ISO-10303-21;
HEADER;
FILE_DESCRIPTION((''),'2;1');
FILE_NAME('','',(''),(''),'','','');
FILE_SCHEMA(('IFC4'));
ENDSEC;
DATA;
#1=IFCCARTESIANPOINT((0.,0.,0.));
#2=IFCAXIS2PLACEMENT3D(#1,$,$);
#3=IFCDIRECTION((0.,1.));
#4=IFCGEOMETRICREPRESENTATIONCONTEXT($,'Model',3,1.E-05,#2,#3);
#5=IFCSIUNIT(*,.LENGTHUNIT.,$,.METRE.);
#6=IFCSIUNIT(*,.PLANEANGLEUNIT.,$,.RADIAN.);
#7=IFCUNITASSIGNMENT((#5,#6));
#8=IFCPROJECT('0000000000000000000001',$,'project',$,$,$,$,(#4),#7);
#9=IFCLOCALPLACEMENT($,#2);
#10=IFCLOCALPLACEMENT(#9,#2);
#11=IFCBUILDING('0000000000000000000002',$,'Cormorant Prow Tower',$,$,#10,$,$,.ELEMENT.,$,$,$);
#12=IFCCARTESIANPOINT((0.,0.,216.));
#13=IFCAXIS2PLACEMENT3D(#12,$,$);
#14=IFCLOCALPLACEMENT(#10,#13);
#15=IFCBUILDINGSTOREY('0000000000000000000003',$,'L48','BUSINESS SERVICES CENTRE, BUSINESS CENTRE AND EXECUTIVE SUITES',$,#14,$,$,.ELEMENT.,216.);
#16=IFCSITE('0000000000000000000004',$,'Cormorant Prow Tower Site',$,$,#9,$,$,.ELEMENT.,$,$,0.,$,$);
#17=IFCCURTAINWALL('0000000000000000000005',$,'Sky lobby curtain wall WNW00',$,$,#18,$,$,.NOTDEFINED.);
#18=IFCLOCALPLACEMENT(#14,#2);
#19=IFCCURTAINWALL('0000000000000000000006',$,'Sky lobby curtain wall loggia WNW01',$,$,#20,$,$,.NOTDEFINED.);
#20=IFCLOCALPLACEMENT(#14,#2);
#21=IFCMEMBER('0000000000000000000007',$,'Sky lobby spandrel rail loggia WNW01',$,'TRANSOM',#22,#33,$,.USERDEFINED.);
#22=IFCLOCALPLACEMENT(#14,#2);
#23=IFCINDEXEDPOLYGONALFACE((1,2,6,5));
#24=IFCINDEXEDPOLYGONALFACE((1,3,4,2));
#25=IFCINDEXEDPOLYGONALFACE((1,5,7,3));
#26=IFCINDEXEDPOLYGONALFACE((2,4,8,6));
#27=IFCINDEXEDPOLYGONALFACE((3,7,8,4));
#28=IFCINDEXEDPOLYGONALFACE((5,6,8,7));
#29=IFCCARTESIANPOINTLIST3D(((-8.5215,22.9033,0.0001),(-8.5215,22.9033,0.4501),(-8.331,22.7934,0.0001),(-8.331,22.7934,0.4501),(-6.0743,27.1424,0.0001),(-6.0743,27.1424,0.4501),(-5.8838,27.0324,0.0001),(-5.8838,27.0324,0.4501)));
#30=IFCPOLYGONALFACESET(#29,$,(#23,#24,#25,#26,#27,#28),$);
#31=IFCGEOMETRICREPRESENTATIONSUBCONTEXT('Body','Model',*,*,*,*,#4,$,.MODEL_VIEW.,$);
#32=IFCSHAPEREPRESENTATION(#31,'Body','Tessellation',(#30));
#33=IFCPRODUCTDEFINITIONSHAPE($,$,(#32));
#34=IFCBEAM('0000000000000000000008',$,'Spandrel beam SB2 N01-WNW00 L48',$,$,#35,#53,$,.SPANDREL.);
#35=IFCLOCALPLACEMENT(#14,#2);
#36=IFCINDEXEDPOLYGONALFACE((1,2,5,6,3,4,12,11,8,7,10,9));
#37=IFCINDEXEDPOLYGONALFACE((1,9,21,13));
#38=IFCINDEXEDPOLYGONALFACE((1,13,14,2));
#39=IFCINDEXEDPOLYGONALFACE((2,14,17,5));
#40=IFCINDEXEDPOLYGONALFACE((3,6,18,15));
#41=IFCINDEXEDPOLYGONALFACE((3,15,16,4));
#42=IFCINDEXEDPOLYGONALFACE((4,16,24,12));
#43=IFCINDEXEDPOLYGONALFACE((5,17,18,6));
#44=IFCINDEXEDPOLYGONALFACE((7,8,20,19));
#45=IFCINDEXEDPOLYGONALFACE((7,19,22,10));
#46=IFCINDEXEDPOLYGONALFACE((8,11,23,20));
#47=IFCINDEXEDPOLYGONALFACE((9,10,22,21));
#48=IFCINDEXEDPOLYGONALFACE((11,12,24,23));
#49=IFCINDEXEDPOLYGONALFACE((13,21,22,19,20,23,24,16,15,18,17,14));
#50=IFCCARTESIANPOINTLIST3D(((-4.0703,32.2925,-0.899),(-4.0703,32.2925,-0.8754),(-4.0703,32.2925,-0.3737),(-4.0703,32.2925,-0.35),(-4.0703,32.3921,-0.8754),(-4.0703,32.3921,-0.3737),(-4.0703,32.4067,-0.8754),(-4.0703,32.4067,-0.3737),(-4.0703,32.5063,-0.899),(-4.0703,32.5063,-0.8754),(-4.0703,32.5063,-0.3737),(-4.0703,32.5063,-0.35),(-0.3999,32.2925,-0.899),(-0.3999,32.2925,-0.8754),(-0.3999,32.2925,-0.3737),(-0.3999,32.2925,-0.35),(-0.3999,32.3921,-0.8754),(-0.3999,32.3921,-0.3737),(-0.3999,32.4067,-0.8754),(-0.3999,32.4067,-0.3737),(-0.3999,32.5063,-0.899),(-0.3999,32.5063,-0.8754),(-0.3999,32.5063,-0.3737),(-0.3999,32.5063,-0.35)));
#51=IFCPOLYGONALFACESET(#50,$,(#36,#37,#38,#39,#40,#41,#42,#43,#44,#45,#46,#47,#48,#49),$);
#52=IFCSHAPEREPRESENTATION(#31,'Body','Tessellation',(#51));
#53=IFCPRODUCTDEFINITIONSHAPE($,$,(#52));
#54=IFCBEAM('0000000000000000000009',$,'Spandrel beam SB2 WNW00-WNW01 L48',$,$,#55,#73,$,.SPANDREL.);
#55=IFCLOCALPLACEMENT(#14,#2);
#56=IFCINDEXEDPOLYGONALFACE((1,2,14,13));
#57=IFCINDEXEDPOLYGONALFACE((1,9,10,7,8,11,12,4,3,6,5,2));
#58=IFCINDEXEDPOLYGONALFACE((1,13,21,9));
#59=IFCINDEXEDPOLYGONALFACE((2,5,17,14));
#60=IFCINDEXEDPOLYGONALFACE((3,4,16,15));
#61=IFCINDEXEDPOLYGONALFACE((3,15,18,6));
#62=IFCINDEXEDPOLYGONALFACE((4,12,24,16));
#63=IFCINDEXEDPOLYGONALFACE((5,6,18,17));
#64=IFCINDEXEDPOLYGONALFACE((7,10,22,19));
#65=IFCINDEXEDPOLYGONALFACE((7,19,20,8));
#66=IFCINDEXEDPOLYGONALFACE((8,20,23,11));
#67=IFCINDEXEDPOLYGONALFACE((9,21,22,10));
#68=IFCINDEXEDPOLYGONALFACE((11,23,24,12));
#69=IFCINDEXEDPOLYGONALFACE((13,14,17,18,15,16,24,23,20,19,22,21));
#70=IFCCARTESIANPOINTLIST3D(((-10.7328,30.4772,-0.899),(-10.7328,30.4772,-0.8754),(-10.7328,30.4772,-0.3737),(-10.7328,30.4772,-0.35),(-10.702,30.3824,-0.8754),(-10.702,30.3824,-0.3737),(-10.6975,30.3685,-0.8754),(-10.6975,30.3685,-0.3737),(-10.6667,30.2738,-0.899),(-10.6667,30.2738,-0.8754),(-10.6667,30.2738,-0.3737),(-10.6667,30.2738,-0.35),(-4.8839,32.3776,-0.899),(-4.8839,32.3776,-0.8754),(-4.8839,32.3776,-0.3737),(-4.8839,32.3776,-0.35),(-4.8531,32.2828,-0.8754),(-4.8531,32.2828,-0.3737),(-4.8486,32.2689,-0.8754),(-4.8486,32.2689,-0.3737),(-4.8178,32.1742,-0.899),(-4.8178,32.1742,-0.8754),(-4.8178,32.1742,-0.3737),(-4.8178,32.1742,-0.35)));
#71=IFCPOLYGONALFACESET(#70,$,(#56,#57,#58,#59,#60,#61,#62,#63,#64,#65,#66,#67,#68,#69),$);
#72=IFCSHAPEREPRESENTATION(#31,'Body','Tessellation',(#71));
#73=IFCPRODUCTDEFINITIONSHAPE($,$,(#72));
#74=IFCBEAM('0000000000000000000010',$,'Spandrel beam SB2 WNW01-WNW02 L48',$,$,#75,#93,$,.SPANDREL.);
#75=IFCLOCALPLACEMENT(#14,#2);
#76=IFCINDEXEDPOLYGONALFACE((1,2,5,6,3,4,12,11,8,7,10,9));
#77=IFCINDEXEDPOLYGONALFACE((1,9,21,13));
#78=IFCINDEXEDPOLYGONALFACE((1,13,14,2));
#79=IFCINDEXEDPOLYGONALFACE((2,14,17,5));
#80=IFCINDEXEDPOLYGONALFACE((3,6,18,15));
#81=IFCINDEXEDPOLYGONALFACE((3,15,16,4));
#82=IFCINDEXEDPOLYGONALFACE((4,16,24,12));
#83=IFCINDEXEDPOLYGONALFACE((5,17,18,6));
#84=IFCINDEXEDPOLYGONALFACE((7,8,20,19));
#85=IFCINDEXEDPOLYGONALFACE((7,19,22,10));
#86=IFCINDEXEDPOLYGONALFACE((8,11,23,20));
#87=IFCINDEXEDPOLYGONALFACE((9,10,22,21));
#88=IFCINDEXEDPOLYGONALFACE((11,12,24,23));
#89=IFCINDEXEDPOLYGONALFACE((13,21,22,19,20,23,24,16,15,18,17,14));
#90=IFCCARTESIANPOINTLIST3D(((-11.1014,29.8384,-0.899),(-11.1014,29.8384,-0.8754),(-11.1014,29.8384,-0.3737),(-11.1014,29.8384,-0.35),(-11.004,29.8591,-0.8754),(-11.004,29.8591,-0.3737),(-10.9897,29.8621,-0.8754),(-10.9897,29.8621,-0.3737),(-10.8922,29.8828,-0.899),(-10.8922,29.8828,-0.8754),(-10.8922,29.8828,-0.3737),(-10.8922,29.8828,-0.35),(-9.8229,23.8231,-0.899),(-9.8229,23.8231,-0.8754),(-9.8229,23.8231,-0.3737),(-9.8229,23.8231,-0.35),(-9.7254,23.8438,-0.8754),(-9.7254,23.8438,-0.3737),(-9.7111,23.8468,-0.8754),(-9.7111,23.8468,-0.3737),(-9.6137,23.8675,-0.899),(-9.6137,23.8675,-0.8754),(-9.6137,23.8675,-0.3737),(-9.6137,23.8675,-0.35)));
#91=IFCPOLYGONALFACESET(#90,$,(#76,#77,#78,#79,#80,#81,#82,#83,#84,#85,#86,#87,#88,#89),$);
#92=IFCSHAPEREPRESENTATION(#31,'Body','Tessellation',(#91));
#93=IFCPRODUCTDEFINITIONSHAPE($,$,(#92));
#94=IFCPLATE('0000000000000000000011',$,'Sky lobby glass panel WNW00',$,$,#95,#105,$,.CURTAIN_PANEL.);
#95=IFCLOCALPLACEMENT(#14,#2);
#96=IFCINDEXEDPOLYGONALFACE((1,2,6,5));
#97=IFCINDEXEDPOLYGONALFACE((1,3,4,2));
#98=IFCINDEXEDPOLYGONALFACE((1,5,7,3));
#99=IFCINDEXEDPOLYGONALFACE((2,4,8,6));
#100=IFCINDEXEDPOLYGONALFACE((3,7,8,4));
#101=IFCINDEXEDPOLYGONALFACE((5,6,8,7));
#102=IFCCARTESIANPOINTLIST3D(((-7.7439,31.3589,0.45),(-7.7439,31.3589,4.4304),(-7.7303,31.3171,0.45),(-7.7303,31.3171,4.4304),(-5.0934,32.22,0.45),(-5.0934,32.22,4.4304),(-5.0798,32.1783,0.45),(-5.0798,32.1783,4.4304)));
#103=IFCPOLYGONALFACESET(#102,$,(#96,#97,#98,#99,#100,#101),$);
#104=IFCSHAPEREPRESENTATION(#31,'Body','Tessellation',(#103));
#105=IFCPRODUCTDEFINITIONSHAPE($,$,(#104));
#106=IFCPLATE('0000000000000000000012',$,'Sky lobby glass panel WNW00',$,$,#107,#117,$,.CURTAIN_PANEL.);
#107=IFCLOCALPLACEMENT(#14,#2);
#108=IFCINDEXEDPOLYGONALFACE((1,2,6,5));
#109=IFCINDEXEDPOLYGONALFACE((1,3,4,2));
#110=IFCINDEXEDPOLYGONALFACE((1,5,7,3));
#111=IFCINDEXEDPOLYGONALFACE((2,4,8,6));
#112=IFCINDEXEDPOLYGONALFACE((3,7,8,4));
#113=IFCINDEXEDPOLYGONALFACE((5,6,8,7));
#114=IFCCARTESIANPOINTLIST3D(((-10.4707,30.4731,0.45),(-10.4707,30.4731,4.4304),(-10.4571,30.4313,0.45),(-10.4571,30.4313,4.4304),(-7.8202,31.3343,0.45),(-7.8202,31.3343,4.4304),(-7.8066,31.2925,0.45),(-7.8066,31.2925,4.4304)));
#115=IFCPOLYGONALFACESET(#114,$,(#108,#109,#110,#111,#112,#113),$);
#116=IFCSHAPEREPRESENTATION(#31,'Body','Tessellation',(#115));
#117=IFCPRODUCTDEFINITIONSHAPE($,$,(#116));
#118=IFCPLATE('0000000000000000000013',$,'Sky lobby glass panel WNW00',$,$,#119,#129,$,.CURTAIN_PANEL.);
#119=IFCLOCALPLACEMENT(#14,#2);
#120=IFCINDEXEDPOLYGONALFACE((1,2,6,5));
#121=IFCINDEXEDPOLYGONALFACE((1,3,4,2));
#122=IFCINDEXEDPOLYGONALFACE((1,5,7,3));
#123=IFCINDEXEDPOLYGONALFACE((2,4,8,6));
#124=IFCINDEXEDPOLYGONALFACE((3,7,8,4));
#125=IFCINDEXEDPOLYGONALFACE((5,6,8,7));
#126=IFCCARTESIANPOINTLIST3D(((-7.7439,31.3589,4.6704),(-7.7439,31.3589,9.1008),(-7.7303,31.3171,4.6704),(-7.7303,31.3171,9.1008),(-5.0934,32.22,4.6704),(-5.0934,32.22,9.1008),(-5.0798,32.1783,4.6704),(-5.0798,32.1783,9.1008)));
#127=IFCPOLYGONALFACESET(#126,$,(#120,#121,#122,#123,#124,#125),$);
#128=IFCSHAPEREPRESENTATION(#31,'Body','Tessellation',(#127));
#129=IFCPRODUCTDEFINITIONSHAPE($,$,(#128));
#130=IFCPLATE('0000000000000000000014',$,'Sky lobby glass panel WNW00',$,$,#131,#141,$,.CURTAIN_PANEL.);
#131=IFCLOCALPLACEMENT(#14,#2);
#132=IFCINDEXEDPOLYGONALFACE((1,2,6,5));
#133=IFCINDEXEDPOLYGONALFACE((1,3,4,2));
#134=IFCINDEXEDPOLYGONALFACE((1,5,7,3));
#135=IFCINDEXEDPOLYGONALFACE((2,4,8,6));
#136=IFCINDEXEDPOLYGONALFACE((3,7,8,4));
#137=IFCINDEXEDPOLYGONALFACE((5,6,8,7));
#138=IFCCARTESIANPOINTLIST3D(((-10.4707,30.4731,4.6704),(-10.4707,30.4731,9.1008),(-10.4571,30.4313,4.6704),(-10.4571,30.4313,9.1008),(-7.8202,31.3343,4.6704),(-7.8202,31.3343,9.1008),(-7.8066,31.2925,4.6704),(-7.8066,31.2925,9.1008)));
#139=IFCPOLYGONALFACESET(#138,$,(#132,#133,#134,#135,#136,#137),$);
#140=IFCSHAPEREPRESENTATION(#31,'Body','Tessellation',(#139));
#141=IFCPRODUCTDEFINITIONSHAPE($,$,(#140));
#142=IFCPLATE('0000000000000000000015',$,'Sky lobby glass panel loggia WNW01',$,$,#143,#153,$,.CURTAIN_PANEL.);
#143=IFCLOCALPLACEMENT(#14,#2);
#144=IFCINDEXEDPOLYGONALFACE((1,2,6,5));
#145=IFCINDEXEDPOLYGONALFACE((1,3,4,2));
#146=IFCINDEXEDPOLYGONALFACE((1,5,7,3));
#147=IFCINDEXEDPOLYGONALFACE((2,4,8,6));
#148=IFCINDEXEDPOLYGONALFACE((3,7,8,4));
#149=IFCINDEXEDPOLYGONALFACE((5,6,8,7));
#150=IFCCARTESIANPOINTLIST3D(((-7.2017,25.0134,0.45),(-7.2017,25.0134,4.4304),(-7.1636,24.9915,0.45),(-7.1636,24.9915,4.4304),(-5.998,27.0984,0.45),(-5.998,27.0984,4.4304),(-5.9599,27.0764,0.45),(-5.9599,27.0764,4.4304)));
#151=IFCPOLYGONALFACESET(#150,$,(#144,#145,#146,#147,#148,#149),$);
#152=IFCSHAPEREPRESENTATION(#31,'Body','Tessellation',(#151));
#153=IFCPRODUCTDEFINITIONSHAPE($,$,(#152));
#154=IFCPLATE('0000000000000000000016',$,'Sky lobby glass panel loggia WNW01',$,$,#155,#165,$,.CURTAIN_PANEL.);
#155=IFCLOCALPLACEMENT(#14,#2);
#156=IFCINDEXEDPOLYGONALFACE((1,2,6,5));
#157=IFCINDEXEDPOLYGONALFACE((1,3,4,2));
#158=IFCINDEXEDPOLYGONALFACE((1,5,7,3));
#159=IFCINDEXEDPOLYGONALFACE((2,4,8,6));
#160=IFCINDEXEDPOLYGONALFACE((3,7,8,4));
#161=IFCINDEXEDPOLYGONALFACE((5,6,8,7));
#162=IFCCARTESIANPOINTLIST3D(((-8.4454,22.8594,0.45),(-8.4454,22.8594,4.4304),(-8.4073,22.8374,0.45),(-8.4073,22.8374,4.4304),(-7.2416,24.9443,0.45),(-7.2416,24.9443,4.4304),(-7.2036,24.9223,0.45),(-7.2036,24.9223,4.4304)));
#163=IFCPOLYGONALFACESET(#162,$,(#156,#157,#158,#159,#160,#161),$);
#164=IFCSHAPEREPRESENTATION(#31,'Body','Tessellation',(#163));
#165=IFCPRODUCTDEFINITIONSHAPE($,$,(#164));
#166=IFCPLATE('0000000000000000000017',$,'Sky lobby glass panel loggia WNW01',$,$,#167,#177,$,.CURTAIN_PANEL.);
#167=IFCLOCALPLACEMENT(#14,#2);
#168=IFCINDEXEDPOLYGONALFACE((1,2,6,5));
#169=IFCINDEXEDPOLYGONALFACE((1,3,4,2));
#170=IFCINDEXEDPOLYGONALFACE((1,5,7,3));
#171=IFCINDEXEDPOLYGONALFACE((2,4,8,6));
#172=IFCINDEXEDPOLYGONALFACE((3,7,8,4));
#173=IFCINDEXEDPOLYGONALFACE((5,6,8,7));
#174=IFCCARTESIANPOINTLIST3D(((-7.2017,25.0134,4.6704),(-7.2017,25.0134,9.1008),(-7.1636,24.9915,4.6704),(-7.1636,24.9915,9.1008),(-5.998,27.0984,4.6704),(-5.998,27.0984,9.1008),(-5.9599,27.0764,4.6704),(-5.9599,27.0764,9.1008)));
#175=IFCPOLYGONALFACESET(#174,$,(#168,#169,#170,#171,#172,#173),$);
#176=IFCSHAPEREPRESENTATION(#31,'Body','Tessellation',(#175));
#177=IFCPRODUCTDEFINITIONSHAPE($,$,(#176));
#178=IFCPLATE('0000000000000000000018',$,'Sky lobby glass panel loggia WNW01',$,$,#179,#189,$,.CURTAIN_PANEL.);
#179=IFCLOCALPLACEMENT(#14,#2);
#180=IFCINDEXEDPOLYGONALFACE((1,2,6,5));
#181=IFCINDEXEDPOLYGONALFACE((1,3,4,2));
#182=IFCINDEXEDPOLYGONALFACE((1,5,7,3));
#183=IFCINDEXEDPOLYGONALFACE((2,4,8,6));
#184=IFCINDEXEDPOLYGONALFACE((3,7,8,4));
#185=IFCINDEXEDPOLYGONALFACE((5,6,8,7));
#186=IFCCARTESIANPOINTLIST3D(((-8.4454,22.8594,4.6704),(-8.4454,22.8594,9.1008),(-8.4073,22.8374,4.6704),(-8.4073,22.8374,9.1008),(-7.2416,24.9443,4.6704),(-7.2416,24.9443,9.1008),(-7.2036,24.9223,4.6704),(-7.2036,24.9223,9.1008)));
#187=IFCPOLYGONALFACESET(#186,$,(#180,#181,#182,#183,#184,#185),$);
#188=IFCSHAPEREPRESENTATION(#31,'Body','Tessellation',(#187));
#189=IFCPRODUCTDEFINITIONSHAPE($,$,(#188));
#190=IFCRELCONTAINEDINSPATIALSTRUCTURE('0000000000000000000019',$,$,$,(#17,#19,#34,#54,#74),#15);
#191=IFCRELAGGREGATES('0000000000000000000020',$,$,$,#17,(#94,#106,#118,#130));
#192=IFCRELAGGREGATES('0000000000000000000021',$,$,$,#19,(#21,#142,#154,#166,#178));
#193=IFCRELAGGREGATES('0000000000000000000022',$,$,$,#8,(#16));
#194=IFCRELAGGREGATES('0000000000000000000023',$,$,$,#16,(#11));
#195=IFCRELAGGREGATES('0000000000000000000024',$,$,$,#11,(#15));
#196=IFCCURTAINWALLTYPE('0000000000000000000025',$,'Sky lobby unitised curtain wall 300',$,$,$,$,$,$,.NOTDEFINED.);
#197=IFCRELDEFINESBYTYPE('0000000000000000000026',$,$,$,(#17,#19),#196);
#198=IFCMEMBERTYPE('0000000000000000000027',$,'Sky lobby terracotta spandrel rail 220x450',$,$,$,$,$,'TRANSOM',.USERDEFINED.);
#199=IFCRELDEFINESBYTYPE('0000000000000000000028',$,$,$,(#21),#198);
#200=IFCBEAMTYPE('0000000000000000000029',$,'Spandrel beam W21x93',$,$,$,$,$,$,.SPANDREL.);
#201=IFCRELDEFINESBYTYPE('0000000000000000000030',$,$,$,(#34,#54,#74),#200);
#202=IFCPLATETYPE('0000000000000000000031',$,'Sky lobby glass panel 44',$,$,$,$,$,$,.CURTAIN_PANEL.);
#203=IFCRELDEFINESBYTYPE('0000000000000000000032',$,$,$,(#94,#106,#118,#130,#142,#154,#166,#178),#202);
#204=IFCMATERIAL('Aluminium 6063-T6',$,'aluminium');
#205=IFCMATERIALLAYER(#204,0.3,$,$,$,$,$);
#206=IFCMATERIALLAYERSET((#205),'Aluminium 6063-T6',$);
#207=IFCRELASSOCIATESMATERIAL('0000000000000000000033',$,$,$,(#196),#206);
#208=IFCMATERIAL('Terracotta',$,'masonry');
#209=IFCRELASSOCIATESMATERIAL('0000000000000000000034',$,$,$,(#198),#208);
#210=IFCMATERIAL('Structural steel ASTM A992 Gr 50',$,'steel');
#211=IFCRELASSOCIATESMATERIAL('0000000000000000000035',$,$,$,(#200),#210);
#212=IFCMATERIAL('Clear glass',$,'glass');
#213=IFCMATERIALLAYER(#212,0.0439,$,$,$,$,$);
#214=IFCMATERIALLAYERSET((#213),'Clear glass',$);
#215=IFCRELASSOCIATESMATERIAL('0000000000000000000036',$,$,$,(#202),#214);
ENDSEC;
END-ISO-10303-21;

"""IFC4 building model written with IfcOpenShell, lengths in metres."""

from ifc_helpers import new_model, si_unit, direction, frame, origin, origin_2d, place, context, subcontext, project, spatial, rectangle, i_section, extrude, material, layer, layer_set, material_profile, profile_set, type_object, element, aggregate, save


model = new_model("IFC4")

# Units and contexts
model_context = context("Model", 3, precision=1e-05, world=origin(), true_north=direction((0.0, 1.0)))
body_context = subcontext(model_context, "Body", "Model", "MODEL_VIEW")
ifc_project = project(units=[si_unit("LENGTHUNIT", "METRE"), si_unit("PLANEANGLEUNIT", "RADIAN")], contexts=[model_context])

# Site, building, storey
site_placement = place(None, origin())
site = spatial("IfcSite", under=ifc_project, at=site_placement, Name="Cormorant Prow Tower Site", CompositionType="ELEMENT", RefElevation=0.0)
building_placement = place(site_placement, origin())
building = spatial("IfcBuilding", under=site, at=building_placement, Name="Cormorant Prow Tower", CompositionType="ELEMENT")
storey_placement = place(building_placement, frame((0.0, 0.0, 216.0)))
storey = spatial("IfcBuildingStorey", under=building, at=storey_placement, Name="L48", Description="BUSINESS SERVICES CENTRE, BUSINESS CENTRE AND EXECUTIVE SUITES", CompositionType="ELEMENT", Elevation=216.0)

# Curtain walls
ifc_material_1 = material(Name="Aluminium 6063-T6", Category="aluminium")
ifc_layer_1 = layer(ifc_material_1, 0.3)
ifc_layer_set_1 = layer_set([ifc_layer_1], Name="Aluminium 6063-T6")
curtain_wall_type = type_object("IfcCurtainWallType", Name="Sky lobby unitised curtain wall 300", PredefinedType="NOTDEFINED", material=ifc_layer_set_1)
curtain_wall_1_placement = place(storey_placement, origin())
curtain_wall_1 = element("IfcCurtainWall", 1, at=curtain_wall_1_placement, inside=storey, type_object=curtain_wall_type, Name="Sky lobby curtain wall WNW00", PredefinedType="NOTDEFINED")
curtain_wall_2_placement = place(storey_placement, origin())
curtain_wall_2 = element("IfcCurtainWall", 2, at=curtain_wall_2_placement, inside=storey, type_object=curtain_wall_type, Name="Sky lobby curtain wall loggia WNW01", PredefinedType="NOTDEFINED")

# Member
ifc_material_2 = material(Name="Terracotta", Category="masonry")
ifc_material_profile_1 = material_profile(ifc_material_2, rectangle(XDim=0.22, YDim=0.45, at=origin_2d()), Name="Sky lobby terracotta spandrel rail 220x450")
ifc_profile_set_1 = profile_set([ifc_material_profile_1], Name="Terracotta")
member_type_1 = type_object("IfcMemberType", Name="Sky lobby terracotta spandrel rail 220x450", ElementType="TRANSOM", PredefinedType="USERDEFINED", material=ifc_profile_set_1)
member_1_placement = place(storey_placement, frame((-5.979, 27.0874, 0.2251), z_axis=(-0.49998, -0.866037, 0.0), x_axis=(0.866037, -0.49998, 0.0)))
member_1 = element("IfcMember", 3, at=member_1_placement, type_object=member_type_1, Name="Sky lobby spandrel rail loggia WNW01", ObjectType="TRANSOM", PredefinedType="USERDEFINED", context=body_context, shape_type="SweptSolid", body=[
    extrude(rectangle(XDim=0.22, YDim=0.45, at=origin_2d()), origin(), (0.0, 0.0, 1.0), 4.8948),
])

# Beams
ifc_material_3 = material(Name="Structural steel ASTM A992 Gr 50", Category="steel")
ifc_material_profile_2 = material_profile(ifc_material_3, i_section(OverallWidth=0.2139, OverallDepth=0.5491, WebThickness=0.0146, FlangeThickness=0.0237, at=origin_2d()), Name="W21x93")
ifc_profile_set_2 = profile_set([ifc_material_profile_2], Name="Structural steel ASTM A992 Gr 50")
beam_type = type_object("IfcBeamType", Name="Spandrel beam W21x93", PredefinedType="SPANDREL", material=ifc_profile_set_2)
beam_1_placement = place(storey_placement, frame((-0.3999, 32.3994, -0.6245), z_axis=(-1.0, 0.0, 0.0), x_axis=(0.0, -1.0, 0.0)))
element("IfcBeam", 4, at=beam_1_placement, inside=storey, type_object=beam_type, Name="Spandrel beam SB2 N01-WNW00 L48", PredefinedType="SPANDREL", context=body_context, shape_type="SweptSolid", body=[
    extrude(i_section(OverallWidth=0.2139, OverallDepth=0.5491, WebThickness=0.0146, FlangeThickness=0.0237, at=origin_2d()), origin(), (0.0, 0.0, 1.0), 3.6704),
])
beam_2_placement = place(storey_placement, frame((-4.8508, 32.2759, -0.6245), z_axis=(-0.951058, -0.309013, 0.0), x_axis=(0.309013, -0.951058, 0.0)))
element("IfcBeam", 5, at=beam_2_placement, inside=storey, type_object=beam_type, Name="Spandrel beam SB2 WNW00-WNW01 L48", PredefinedType="SPANDREL", context=body_context, shape_type="SweptSolid", body=[
    extrude(i_section(OverallWidth=0.2139, OverallDepth=0.5491, WebThickness=0.0146, FlangeThickness=0.0237, at=origin_2d()), origin(), (0.0, 0.0, 1.0), 6.1499),
])
beam_3_placement = place(storey_placement, frame((-10.9968, 29.8606, -0.6245), z_axis=(0.207905, -0.978149, 0.0), x_axis=(0.978149, 0.207905, 0.0)))
element("IfcBeam", 6, at=beam_3_placement, inside=storey, type_object=beam_type, Name="Spandrel beam SB2 WNW01-WNW02 L48", PredefinedType="SPANDREL", context=body_context, shape_type="SweptSolid", body=[
    extrude(i_section(OverallWidth=0.2139, OverallDepth=0.5491, WebThickness=0.0146, FlangeThickness=0.0237, at=origin_2d()), origin(), (0.0, 0.0, 1.0), 6.1497),
])

# Plates
ifc_material_4 = material(Name="Clear glass", Category="glass")
ifc_layer_2 = layer(ifc_material_4, 0.0439)
ifc_layer_set_2 = layer_set([ifc_layer_2], Name="Clear glass")
plate_type = type_object("IfcPlateType", Name="Sky lobby glass panel 44", PredefinedType="CURTAIN_PANEL", material=ifc_layer_set_2)
plate_1_placement = place(storey_placement, frame((-6.4119, 31.7686, 0.45), z_axis=(0.0, 0.0, 1.0), x_axis=(-0.951057, -0.309017, 0.0)))
plate_1 = element("IfcPlate", 7, at=plate_1_placement, type_object=plate_type, Name="Sky lobby glass panel WNW00", PredefinedType="CURTAIN_PANEL", context=body_context, shape_type="SweptSolid", body=[
    extrude(rectangle(XDim=2.7869, YDim=0.0439, at=origin_2d()), origin(), (0.0, 0.0, 1.0), 3.9805),
])
plate_2_placement = place(storey_placement, frame((-9.1387, 30.8828, 0.45), z_axis=(0.0, 0.0, 1.0), x_axis=(-0.951057, -0.309017, 0.0)))
plate_2 = element("IfcPlate", 8, at=plate_2_placement, type_object=plate_type, Name="Sky lobby glass panel WNW00", PredefinedType="CURTAIN_PANEL", context=body_context, shape_type="SweptSolid", body=[
    extrude(rectangle(XDim=2.7869, YDim=0.0439, at=origin_2d()), origin(), (0.0, 0.0, 1.0), 3.9805),
])
plate_3_placement = place(storey_placement, frame((-6.4119, 31.7686, 4.6704), z_axis=(0.0, 0.0, 1.0), x_axis=(-0.951057, -0.309017, 0.0)))
plate_3 = element("IfcPlate", 9, at=plate_3_placement, type_object=plate_type, Name="Sky lobby glass panel WNW00", PredefinedType="CURTAIN_PANEL", context=body_context, shape_type="SweptSolid", body=[
    extrude(rectangle(XDim=2.7869, YDim=0.0439, at=origin_2d()), origin(), (0.0, 0.0, 1.0), 4.4304),
])
plate_4_placement = place(storey_placement, frame((-9.1387, 30.8828, 4.6704), z_axis=(0.0, 0.0, 1.0), x_axis=(-0.951057, -0.309017, 0.0)))
plate_4 = element("IfcPlate", 10, at=plate_4_placement, type_object=plate_type, Name="Sky lobby glass panel WNW00", PredefinedType="CURTAIN_PANEL", context=body_context, shape_type="SweptSolid", body=[
    extrude(rectangle(XDim=2.7869, YDim=0.0439, at=origin_2d()), origin(), (0.0, 0.0, 1.0), 4.4304),
])
aggregate(curtain_wall_1, [plate_1, plate_2, plate_3, plate_4])
plate_5_placement = place(storey_placement, frame((-6.5808, 26.0449, 0.45), z_axis=(0.0, 0.0, 1.0), x_axis=(-0.5, -0.866025, 0.0)))
plate_5 = element("IfcPlate", 11, at=plate_5_placement, type_object=plate_type, Name="Sky lobby glass panel loggia WNW01", PredefinedType="CURTAIN_PANEL", context=body_context, shape_type="SweptSolid", body=[
    extrude(rectangle(XDim=2.4075, YDim=0.0439, at=origin_2d()), origin(), (0.0, 0.0, 1.0), 3.9805),
])
plate_6_placement = place(storey_placement, frame((-7.8245, 23.8909, 0.45), z_axis=(0.0, 0.0, 1.0), x_axis=(-0.5, -0.866025, 0.0)))
plate_6 = element("IfcPlate", 12, at=plate_6_placement, type_object=plate_type, Name="Sky lobby glass panel loggia WNW01", PredefinedType="CURTAIN_PANEL", context=body_context, shape_type="SweptSolid", body=[
    extrude(rectangle(XDim=2.4075, YDim=0.0439, at=origin_2d()), origin(), (0.0, 0.0, 1.0), 3.9805),
])
plate_7_placement = place(storey_placement, frame((-6.5808, 26.0449, 4.6704), z_axis=(0.0, 0.0, 1.0), x_axis=(-0.5, -0.866025, 0.0)))
plate_7 = element("IfcPlate", 13, at=plate_7_placement, type_object=plate_type, Name="Sky lobby glass panel loggia WNW01", PredefinedType="CURTAIN_PANEL", context=body_context, shape_type="SweptSolid", body=[
    extrude(rectangle(XDim=2.4075, YDim=0.0439, at=origin_2d()), origin(), (0.0, 0.0, 1.0), 4.4304),
])
plate_8_placement = place(storey_placement, frame((-7.8245, 23.8909, 4.6704), z_axis=(0.0, 0.0, 1.0), x_axis=(-0.5, -0.866025, 0.0)))
plate_8 = element("IfcPlate", 14, at=plate_8_placement, type_object=plate_type, Name="Sky lobby glass panel loggia WNW01", PredefinedType="CURTAIN_PANEL", context=body_context, shape_type="SweptSolid", body=[
    extrude(rectangle(XDim=2.4075, YDim=0.0439, at=origin_2d()), origin(), (0.0, 0.0, 1.0), 4.4304),
])
aggregate(curtain_wall_2, [member_1, plate_5, plate_6, plate_7, plate_8])

save(model, "model.ifc")
